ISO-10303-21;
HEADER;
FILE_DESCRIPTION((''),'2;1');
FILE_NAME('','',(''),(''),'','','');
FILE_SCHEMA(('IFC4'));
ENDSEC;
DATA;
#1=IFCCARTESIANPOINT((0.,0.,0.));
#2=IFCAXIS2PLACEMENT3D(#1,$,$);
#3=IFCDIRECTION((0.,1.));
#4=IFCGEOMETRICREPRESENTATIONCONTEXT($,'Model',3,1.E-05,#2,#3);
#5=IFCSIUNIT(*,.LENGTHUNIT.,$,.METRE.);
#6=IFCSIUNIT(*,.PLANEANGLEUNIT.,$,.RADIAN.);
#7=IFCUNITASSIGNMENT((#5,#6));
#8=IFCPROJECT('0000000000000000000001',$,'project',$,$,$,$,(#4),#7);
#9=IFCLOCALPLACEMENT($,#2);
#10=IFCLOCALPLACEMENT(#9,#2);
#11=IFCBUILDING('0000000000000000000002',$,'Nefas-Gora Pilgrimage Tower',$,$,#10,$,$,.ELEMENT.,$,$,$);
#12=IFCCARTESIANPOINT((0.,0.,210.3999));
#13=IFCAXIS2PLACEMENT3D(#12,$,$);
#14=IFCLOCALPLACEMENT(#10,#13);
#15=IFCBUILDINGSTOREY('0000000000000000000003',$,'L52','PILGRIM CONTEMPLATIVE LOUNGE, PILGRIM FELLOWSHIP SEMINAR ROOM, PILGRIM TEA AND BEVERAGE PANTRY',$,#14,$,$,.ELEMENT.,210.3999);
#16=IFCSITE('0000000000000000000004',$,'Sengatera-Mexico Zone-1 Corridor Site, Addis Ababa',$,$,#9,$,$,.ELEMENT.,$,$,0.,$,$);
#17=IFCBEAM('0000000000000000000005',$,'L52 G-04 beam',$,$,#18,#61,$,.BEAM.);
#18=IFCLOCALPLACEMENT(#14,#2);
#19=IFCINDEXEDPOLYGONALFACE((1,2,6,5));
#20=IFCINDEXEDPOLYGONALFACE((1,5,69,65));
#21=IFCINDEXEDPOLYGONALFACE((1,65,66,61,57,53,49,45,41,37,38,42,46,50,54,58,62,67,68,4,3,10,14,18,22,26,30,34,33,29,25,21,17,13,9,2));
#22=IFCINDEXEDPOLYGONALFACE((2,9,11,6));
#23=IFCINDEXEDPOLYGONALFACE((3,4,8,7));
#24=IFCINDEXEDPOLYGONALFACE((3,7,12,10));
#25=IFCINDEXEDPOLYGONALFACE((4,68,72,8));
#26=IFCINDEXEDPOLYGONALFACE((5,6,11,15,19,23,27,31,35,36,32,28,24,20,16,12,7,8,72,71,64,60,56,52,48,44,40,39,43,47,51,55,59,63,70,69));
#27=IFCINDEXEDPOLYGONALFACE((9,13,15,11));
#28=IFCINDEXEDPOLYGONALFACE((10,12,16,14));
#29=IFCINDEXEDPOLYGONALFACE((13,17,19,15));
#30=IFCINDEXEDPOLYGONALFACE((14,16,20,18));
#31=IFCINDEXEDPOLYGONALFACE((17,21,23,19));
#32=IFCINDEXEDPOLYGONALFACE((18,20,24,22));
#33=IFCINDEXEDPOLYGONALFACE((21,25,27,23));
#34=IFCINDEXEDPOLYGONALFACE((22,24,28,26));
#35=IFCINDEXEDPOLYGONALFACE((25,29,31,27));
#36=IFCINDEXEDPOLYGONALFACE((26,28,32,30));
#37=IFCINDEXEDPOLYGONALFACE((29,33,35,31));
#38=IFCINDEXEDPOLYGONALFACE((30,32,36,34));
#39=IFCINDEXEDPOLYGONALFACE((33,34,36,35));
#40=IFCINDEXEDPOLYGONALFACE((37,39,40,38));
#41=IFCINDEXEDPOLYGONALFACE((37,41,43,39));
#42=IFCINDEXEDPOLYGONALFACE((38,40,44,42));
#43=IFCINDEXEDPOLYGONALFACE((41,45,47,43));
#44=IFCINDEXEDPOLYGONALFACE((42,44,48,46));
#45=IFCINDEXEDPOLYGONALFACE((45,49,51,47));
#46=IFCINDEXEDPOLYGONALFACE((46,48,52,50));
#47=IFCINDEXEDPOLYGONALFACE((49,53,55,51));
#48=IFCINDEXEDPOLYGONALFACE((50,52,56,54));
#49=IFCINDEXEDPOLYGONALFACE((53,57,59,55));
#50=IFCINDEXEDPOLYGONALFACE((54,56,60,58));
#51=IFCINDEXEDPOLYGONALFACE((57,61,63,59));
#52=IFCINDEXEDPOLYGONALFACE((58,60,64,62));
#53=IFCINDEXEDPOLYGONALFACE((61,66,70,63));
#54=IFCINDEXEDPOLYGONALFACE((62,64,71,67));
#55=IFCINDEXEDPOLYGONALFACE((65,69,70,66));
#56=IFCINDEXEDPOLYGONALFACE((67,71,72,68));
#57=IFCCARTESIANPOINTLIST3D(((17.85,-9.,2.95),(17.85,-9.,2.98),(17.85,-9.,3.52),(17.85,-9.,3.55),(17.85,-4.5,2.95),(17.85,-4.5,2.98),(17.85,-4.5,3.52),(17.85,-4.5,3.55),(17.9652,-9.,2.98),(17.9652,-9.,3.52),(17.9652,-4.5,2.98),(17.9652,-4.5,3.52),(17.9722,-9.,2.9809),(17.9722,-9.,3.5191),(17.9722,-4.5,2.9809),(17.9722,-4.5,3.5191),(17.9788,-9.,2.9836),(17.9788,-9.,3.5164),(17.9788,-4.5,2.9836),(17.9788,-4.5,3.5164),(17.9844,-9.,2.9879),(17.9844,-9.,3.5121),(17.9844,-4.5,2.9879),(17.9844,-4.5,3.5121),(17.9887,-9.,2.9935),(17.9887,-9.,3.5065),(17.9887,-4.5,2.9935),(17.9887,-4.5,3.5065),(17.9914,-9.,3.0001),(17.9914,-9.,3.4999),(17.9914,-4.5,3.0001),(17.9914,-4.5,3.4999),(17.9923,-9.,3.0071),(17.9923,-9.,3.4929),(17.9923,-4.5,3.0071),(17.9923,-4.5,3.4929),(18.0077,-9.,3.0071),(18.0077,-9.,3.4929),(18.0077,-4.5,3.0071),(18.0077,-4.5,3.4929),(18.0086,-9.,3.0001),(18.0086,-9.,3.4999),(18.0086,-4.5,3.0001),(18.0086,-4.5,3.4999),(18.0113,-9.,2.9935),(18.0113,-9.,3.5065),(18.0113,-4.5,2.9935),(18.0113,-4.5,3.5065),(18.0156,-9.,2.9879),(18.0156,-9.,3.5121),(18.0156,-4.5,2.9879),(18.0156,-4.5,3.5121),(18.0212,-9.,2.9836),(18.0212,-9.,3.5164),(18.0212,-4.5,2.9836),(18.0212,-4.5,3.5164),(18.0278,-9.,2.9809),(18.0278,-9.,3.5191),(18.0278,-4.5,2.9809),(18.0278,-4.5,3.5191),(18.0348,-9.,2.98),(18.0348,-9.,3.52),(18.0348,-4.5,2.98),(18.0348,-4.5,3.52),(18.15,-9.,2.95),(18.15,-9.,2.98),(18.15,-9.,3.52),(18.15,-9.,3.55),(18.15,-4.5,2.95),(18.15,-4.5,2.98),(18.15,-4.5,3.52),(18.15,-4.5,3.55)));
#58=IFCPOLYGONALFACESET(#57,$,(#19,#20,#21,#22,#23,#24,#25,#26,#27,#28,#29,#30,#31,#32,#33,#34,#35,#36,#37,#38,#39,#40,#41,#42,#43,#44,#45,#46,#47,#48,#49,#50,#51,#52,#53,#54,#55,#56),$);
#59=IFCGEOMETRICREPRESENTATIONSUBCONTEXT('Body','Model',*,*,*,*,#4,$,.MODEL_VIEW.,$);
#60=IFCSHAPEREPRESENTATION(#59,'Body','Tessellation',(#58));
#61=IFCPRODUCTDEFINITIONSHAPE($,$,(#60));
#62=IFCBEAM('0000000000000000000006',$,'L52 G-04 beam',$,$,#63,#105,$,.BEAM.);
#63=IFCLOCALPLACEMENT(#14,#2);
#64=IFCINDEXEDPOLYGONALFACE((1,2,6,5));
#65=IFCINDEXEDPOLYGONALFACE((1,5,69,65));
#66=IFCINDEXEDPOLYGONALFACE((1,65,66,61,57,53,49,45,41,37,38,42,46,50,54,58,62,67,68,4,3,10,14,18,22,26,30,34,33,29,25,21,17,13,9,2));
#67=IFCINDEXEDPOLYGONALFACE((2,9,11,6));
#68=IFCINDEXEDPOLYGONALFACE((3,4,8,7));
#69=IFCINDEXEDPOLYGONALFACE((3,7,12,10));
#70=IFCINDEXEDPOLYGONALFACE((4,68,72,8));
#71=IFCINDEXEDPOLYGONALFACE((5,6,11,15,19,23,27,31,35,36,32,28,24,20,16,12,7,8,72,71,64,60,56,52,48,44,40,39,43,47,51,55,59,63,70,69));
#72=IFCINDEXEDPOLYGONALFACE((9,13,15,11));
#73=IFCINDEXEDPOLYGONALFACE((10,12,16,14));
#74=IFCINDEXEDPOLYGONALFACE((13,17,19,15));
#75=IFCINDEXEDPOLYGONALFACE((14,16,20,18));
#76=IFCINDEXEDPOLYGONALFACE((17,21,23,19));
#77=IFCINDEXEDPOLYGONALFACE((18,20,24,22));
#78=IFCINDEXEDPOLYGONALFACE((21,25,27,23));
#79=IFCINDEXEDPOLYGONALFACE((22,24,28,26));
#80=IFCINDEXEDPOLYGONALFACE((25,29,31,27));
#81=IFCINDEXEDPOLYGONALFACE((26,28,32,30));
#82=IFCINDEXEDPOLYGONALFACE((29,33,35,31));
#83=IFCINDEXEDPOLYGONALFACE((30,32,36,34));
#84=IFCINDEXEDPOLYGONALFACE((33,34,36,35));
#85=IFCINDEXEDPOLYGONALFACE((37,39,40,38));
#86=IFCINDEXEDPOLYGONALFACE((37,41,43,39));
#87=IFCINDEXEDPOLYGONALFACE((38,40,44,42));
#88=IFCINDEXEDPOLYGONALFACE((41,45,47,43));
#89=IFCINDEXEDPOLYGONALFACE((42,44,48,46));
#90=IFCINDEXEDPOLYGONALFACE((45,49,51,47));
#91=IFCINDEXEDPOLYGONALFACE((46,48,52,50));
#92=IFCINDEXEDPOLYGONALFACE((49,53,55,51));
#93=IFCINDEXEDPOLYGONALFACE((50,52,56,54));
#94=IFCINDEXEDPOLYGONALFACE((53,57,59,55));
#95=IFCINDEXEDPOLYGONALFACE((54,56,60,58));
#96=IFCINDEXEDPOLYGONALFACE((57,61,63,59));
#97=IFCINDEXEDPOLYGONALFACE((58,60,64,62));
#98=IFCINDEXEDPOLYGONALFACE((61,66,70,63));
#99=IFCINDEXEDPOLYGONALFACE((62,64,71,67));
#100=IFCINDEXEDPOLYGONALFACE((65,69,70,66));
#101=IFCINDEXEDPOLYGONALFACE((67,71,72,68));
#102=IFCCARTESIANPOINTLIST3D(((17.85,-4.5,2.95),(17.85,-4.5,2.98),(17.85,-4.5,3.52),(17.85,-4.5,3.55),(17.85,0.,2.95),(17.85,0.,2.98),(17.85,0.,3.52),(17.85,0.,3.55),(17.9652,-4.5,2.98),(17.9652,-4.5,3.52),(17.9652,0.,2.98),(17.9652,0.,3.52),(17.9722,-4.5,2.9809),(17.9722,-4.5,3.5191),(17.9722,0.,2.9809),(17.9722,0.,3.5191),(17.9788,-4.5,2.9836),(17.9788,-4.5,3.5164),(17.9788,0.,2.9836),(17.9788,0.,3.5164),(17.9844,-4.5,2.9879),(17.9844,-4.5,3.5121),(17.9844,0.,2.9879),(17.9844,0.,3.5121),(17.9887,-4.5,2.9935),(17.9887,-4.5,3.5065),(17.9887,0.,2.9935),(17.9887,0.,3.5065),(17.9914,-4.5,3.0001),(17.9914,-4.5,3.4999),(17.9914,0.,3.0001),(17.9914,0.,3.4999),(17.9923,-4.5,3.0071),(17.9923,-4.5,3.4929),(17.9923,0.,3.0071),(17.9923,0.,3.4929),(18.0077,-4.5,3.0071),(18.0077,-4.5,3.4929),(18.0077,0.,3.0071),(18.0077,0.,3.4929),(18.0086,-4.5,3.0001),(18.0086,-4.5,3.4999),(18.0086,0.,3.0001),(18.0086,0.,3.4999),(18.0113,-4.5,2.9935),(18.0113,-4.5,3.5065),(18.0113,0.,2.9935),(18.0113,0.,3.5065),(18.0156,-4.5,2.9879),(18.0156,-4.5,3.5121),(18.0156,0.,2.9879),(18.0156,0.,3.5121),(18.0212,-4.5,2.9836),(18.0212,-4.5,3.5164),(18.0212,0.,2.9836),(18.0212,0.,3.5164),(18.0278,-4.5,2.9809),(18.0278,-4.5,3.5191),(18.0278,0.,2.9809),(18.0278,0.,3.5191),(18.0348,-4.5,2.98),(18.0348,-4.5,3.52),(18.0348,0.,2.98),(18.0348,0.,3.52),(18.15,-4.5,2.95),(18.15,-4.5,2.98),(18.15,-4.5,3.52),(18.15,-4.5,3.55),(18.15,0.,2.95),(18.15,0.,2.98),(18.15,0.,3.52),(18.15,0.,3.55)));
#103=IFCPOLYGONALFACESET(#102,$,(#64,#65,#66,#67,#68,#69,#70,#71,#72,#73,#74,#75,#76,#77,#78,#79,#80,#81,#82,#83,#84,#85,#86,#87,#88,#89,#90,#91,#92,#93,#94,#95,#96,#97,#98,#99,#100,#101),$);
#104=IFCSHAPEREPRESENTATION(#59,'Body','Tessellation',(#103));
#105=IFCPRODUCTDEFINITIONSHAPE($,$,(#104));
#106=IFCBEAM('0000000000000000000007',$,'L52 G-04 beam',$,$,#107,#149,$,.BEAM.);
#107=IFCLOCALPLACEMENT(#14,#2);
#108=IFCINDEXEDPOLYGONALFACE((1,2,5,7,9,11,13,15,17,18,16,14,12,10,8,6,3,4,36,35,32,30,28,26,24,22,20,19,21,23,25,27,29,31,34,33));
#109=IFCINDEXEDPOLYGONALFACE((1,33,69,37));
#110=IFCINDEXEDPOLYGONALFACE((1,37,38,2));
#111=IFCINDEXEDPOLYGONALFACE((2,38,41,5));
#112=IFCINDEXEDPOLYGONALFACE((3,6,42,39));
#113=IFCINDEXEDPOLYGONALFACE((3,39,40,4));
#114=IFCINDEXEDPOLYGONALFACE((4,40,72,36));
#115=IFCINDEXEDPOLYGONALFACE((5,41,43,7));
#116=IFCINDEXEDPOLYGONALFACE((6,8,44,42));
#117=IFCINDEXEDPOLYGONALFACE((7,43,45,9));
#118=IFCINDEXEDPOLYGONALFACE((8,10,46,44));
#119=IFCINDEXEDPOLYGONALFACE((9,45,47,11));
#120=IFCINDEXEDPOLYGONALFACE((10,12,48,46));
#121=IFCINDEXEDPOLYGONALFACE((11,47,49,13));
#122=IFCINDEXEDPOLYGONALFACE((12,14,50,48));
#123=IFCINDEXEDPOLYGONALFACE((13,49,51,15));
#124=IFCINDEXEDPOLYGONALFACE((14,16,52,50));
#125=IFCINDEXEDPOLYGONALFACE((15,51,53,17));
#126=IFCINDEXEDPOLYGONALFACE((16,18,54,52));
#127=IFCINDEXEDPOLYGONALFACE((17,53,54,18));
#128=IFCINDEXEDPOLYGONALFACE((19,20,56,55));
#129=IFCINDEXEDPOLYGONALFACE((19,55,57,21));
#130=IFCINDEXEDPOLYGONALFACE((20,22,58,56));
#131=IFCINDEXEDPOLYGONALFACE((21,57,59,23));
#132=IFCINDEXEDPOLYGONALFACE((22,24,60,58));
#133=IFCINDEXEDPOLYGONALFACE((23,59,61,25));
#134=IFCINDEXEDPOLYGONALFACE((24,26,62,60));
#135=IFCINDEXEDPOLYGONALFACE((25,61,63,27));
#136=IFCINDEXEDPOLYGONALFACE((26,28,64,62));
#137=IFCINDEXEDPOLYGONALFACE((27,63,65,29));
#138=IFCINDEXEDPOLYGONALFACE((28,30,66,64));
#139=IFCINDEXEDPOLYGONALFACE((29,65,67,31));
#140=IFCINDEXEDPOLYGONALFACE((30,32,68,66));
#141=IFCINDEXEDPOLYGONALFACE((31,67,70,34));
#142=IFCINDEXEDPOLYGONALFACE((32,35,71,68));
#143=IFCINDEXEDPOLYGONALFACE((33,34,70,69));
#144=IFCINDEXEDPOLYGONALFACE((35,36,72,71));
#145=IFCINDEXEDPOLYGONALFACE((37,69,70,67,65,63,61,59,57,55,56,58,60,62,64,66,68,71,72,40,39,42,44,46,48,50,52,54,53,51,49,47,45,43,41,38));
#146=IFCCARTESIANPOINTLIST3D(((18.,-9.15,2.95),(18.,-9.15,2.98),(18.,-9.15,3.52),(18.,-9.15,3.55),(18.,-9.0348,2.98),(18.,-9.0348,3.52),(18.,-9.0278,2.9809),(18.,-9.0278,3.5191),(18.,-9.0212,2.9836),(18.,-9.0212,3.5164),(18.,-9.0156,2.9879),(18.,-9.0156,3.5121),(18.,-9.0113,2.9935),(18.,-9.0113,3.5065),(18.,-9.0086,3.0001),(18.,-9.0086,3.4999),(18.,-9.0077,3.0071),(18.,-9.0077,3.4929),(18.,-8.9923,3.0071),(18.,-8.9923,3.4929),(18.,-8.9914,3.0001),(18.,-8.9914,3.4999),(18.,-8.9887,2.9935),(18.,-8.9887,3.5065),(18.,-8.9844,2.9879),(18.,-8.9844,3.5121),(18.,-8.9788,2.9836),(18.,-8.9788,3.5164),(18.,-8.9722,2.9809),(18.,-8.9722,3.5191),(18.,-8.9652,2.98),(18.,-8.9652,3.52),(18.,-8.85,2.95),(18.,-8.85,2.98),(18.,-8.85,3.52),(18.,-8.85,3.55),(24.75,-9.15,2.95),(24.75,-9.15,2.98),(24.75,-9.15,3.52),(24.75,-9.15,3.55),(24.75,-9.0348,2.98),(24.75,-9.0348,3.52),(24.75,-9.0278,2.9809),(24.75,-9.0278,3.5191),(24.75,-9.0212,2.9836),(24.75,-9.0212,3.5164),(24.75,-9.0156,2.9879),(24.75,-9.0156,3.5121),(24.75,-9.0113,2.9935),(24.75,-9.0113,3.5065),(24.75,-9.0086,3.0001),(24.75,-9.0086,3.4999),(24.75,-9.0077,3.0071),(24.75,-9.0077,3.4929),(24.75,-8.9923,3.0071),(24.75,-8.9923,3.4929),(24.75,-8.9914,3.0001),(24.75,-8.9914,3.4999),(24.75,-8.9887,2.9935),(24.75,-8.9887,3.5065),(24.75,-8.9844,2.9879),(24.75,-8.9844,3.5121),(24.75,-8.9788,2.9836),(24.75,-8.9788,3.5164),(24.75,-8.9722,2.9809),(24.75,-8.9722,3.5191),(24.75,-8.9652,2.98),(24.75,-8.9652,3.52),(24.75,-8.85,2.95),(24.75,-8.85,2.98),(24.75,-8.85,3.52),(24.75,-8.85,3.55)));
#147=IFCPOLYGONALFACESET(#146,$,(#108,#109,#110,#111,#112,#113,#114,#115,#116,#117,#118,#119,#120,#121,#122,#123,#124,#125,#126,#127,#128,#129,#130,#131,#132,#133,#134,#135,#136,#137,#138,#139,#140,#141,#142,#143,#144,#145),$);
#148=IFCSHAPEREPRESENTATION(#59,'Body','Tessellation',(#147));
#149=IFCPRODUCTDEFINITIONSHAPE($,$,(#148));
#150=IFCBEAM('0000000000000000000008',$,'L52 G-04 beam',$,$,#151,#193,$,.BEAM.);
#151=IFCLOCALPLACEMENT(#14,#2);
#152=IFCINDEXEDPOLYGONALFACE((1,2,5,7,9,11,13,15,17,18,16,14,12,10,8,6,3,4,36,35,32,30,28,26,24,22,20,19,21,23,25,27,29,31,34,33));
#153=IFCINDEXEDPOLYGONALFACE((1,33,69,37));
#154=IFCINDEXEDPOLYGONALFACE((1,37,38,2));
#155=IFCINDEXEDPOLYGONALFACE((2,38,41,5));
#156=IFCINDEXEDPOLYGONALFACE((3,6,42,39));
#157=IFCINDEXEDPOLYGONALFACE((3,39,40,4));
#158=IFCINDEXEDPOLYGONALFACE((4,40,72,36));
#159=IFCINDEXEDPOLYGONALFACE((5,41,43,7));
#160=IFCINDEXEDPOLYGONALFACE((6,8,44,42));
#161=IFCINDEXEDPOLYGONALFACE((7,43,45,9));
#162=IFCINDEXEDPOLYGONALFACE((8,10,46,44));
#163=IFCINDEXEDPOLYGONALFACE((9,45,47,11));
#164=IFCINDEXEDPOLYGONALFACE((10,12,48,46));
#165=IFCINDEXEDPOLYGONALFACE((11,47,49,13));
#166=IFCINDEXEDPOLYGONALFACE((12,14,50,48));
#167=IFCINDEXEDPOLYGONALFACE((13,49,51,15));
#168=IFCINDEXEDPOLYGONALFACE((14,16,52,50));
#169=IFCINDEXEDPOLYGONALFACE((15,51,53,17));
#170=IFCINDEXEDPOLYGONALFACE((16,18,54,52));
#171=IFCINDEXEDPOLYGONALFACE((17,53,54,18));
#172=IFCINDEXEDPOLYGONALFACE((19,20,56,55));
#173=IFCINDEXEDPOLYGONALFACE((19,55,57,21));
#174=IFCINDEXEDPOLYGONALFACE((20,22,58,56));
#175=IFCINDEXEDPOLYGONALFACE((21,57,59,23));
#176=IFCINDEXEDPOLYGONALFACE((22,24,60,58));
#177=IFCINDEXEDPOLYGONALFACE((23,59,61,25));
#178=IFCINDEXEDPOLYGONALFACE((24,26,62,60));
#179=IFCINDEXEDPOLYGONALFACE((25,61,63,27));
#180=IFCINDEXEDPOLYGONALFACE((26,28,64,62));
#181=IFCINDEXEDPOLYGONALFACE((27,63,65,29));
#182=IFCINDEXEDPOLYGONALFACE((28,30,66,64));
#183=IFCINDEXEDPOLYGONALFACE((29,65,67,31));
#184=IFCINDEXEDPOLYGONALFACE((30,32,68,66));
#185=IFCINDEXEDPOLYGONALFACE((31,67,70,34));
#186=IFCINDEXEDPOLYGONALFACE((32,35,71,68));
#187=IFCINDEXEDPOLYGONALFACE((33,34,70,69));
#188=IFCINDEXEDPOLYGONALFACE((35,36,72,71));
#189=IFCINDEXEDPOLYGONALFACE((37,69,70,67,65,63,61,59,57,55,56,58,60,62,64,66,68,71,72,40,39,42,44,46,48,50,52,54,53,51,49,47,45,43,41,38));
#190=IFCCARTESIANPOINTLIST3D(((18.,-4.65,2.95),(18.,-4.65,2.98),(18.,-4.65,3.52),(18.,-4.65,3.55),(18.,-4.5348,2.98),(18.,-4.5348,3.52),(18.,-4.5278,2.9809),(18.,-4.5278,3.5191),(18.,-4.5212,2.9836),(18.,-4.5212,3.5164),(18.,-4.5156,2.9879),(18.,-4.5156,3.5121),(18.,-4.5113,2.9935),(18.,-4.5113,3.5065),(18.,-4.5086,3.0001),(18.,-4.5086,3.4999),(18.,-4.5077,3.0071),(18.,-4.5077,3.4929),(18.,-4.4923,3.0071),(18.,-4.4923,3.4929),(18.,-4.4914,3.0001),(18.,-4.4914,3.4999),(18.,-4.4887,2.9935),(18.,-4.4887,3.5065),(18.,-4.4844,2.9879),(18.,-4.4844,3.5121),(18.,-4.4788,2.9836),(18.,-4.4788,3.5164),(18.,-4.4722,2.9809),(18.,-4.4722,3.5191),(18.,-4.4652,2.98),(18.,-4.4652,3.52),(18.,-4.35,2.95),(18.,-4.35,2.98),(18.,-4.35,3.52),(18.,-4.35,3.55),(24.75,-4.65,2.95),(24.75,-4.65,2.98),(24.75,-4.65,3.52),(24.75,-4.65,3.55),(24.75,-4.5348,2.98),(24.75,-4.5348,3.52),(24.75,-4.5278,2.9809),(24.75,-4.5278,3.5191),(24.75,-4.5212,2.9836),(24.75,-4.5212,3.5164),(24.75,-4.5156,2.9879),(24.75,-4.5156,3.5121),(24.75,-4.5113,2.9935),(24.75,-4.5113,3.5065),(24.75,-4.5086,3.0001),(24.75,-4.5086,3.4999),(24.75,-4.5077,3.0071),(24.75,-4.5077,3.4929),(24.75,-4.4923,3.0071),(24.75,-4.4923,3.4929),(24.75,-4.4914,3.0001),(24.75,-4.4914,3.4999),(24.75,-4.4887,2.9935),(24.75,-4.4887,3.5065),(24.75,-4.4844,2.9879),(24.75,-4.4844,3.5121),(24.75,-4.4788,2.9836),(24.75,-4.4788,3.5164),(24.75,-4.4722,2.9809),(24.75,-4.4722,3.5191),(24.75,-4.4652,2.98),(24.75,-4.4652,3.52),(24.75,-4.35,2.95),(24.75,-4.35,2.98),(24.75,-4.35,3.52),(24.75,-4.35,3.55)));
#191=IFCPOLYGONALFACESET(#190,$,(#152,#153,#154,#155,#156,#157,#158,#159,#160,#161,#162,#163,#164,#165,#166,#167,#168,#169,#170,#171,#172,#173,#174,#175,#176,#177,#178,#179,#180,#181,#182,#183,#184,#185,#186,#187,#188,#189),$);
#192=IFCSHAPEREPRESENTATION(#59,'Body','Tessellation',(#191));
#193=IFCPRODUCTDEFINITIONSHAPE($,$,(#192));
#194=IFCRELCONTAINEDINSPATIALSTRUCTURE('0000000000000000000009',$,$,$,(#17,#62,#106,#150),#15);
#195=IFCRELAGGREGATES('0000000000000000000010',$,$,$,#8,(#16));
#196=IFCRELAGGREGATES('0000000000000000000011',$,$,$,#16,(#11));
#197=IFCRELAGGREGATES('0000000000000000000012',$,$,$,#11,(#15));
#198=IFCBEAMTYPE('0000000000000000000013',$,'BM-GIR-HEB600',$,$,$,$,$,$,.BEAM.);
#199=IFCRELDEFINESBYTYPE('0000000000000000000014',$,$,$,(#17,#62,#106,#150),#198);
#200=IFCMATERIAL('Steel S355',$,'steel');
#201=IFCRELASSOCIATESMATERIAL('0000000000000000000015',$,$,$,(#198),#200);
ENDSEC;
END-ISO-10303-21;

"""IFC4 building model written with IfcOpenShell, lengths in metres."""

from ifc_helpers import new_model, si_unit, direction, frame, origin, origin_2d, place, context, subcontext, project, spatial, i_section, extrude, source, transform, mapped, material, material_profile, profile_set, type_object, element, save


model = new_model("IFC4")

# Units and contexts
model_context = context("Model", 3, precision=1e-05, world=origin(), true_north=direction((0.0, 1.0)))
body_context = subcontext(model_context, "Body", "Model", "MODEL_VIEW")
ifc_project = project(units=[si_unit("LENGTHUNIT", "METRE"), si_unit("PLANEANGLEUNIT", "RADIAN")], contexts=[model_context])

# Site, building, storey
site_placement = place(None, origin())
site = spatial("IfcSite", under=ifc_project, at=site_placement, Name="Sengatera-Mexico Zone-1 Corridor Site, Addis Ababa", CompositionType="ELEMENT", RefElevation=0.0)
building_placement = place(site_placement, origin())
building = spatial("IfcBuilding", under=site, at=building_placement, Name="Nefas-Gora Pilgrimage Tower", CompositionType="ELEMENT")
storey_placement = place(building_placement, frame((0.0, 0.0, 210.3999)))
storey = spatial("IfcBuildingStorey", under=building, at=storey_placement, Name="L52", Description="PILGRIM CONTEMPLATIVE LOUNGE, PILGRIM FELLOWSHIP SEMINAR ROOM, PILGRIM TEA AND BEVERAGE PANTRY", CompositionType="ELEMENT", Elevation=210.3999)

# Beams
ifc_material_1 = material(Name="Steel S355", Category="steel")
ifc_material_profile_1 = material_profile(ifc_material_1, i_section(OverallWidth=0.3, OverallDepth=0.6001, WebThickness=0.0154, FlangeThickness=0.03, FilletRadius=0.0271, at=origin_2d()), Name="HEB 600")
ifc_profile_set_1 = profile_set([ifc_material_profile_1], Name="Steel S355")
beam_type_1 = type_object("IfcBeamType", Name="BM-GIR-HEB600", PredefinedType="BEAM", material=ifc_profile_set_1)
shared_shape_1 = source(origin(), body_context, "Body", "SweptSolid", [
    extrude(i_section(OverallWidth=0.3, OverallDepth=0.6001, WebThickness=0.0154, FlangeThickness=0.03, FilletRadius=0.0271, at=origin_2d()), origin(), (0.0, 0.0, 1.0), 4.5),
])
for number, where, z_axis, x_axis, name in (
    (1, (18.0, -9.0, 3.25), (0.0, 1.0, 0.0), (-1.0, 0.0, 0.0), "L52 G-04 beam"),
    (2, (18.0, -4.5, 3.25), (0.0, 1.0, 0.0), (-1.0, 0.0, 0.0), "L52 G-04 beam"),
):
    element("IfcBeam", number, at=place(storey_placement, frame(where, z_axis=z_axis, x_axis=x_axis)), inside=storey, type_object=beam_type_1, Name=name, PredefinedType="BEAM", context=body_context, shape_type="MappedRepresentation", body=[
        mapped(shared_shape_1, transform((0.0, 0.0, 0.0), x_axis=(1.0, 0.0, 0.0), y_axis=(0.0, 1.0, 0.0), z_axis=(0.0, 0.0, 1.0), scale=1.0)),
    ])
shared_shape_2 = source(origin(), body_context, "Body", "SweptSolid", [
    extrude(i_section(OverallWidth=0.3, OverallDepth=0.6001, WebThickness=0.0154, FlangeThickness=0.03, FilletRadius=0.0271, at=origin_2d()), origin(), (0.0, 0.0, 1.0), 6.75),
])
for number, where, z_axis, x_axis, name in (
    (3, (18.0, -9.0, 3.25), (1.0, 0.0, 0.0), (0.0, 1.0, 0.0), "L52 G-04 beam"),
    (4, (18.0, -4.5, 3.25), (1.0, 0.0, 0.0), (0.0, 1.0, 0.0), "L52 G-04 beam"),
):
    element("IfcBeam", number, at=place(storey_placement, frame(where, z_axis=z_axis, x_axis=x_axis)), inside=storey, type_object=beam_type_1, Name=name, PredefinedType="BEAM", context=body_context, shape_type="MappedRepresentation", body=[
        mapped(shared_shape_2, transform((0.0, 0.0, 0.0), x_axis=(1.0, 0.0, 0.0), y_axis=(0.0, 1.0, 0.0), z_axis=(0.0, 0.0, 1.0), scale=1.0)),
    ])

save(model, "model.ifc")
